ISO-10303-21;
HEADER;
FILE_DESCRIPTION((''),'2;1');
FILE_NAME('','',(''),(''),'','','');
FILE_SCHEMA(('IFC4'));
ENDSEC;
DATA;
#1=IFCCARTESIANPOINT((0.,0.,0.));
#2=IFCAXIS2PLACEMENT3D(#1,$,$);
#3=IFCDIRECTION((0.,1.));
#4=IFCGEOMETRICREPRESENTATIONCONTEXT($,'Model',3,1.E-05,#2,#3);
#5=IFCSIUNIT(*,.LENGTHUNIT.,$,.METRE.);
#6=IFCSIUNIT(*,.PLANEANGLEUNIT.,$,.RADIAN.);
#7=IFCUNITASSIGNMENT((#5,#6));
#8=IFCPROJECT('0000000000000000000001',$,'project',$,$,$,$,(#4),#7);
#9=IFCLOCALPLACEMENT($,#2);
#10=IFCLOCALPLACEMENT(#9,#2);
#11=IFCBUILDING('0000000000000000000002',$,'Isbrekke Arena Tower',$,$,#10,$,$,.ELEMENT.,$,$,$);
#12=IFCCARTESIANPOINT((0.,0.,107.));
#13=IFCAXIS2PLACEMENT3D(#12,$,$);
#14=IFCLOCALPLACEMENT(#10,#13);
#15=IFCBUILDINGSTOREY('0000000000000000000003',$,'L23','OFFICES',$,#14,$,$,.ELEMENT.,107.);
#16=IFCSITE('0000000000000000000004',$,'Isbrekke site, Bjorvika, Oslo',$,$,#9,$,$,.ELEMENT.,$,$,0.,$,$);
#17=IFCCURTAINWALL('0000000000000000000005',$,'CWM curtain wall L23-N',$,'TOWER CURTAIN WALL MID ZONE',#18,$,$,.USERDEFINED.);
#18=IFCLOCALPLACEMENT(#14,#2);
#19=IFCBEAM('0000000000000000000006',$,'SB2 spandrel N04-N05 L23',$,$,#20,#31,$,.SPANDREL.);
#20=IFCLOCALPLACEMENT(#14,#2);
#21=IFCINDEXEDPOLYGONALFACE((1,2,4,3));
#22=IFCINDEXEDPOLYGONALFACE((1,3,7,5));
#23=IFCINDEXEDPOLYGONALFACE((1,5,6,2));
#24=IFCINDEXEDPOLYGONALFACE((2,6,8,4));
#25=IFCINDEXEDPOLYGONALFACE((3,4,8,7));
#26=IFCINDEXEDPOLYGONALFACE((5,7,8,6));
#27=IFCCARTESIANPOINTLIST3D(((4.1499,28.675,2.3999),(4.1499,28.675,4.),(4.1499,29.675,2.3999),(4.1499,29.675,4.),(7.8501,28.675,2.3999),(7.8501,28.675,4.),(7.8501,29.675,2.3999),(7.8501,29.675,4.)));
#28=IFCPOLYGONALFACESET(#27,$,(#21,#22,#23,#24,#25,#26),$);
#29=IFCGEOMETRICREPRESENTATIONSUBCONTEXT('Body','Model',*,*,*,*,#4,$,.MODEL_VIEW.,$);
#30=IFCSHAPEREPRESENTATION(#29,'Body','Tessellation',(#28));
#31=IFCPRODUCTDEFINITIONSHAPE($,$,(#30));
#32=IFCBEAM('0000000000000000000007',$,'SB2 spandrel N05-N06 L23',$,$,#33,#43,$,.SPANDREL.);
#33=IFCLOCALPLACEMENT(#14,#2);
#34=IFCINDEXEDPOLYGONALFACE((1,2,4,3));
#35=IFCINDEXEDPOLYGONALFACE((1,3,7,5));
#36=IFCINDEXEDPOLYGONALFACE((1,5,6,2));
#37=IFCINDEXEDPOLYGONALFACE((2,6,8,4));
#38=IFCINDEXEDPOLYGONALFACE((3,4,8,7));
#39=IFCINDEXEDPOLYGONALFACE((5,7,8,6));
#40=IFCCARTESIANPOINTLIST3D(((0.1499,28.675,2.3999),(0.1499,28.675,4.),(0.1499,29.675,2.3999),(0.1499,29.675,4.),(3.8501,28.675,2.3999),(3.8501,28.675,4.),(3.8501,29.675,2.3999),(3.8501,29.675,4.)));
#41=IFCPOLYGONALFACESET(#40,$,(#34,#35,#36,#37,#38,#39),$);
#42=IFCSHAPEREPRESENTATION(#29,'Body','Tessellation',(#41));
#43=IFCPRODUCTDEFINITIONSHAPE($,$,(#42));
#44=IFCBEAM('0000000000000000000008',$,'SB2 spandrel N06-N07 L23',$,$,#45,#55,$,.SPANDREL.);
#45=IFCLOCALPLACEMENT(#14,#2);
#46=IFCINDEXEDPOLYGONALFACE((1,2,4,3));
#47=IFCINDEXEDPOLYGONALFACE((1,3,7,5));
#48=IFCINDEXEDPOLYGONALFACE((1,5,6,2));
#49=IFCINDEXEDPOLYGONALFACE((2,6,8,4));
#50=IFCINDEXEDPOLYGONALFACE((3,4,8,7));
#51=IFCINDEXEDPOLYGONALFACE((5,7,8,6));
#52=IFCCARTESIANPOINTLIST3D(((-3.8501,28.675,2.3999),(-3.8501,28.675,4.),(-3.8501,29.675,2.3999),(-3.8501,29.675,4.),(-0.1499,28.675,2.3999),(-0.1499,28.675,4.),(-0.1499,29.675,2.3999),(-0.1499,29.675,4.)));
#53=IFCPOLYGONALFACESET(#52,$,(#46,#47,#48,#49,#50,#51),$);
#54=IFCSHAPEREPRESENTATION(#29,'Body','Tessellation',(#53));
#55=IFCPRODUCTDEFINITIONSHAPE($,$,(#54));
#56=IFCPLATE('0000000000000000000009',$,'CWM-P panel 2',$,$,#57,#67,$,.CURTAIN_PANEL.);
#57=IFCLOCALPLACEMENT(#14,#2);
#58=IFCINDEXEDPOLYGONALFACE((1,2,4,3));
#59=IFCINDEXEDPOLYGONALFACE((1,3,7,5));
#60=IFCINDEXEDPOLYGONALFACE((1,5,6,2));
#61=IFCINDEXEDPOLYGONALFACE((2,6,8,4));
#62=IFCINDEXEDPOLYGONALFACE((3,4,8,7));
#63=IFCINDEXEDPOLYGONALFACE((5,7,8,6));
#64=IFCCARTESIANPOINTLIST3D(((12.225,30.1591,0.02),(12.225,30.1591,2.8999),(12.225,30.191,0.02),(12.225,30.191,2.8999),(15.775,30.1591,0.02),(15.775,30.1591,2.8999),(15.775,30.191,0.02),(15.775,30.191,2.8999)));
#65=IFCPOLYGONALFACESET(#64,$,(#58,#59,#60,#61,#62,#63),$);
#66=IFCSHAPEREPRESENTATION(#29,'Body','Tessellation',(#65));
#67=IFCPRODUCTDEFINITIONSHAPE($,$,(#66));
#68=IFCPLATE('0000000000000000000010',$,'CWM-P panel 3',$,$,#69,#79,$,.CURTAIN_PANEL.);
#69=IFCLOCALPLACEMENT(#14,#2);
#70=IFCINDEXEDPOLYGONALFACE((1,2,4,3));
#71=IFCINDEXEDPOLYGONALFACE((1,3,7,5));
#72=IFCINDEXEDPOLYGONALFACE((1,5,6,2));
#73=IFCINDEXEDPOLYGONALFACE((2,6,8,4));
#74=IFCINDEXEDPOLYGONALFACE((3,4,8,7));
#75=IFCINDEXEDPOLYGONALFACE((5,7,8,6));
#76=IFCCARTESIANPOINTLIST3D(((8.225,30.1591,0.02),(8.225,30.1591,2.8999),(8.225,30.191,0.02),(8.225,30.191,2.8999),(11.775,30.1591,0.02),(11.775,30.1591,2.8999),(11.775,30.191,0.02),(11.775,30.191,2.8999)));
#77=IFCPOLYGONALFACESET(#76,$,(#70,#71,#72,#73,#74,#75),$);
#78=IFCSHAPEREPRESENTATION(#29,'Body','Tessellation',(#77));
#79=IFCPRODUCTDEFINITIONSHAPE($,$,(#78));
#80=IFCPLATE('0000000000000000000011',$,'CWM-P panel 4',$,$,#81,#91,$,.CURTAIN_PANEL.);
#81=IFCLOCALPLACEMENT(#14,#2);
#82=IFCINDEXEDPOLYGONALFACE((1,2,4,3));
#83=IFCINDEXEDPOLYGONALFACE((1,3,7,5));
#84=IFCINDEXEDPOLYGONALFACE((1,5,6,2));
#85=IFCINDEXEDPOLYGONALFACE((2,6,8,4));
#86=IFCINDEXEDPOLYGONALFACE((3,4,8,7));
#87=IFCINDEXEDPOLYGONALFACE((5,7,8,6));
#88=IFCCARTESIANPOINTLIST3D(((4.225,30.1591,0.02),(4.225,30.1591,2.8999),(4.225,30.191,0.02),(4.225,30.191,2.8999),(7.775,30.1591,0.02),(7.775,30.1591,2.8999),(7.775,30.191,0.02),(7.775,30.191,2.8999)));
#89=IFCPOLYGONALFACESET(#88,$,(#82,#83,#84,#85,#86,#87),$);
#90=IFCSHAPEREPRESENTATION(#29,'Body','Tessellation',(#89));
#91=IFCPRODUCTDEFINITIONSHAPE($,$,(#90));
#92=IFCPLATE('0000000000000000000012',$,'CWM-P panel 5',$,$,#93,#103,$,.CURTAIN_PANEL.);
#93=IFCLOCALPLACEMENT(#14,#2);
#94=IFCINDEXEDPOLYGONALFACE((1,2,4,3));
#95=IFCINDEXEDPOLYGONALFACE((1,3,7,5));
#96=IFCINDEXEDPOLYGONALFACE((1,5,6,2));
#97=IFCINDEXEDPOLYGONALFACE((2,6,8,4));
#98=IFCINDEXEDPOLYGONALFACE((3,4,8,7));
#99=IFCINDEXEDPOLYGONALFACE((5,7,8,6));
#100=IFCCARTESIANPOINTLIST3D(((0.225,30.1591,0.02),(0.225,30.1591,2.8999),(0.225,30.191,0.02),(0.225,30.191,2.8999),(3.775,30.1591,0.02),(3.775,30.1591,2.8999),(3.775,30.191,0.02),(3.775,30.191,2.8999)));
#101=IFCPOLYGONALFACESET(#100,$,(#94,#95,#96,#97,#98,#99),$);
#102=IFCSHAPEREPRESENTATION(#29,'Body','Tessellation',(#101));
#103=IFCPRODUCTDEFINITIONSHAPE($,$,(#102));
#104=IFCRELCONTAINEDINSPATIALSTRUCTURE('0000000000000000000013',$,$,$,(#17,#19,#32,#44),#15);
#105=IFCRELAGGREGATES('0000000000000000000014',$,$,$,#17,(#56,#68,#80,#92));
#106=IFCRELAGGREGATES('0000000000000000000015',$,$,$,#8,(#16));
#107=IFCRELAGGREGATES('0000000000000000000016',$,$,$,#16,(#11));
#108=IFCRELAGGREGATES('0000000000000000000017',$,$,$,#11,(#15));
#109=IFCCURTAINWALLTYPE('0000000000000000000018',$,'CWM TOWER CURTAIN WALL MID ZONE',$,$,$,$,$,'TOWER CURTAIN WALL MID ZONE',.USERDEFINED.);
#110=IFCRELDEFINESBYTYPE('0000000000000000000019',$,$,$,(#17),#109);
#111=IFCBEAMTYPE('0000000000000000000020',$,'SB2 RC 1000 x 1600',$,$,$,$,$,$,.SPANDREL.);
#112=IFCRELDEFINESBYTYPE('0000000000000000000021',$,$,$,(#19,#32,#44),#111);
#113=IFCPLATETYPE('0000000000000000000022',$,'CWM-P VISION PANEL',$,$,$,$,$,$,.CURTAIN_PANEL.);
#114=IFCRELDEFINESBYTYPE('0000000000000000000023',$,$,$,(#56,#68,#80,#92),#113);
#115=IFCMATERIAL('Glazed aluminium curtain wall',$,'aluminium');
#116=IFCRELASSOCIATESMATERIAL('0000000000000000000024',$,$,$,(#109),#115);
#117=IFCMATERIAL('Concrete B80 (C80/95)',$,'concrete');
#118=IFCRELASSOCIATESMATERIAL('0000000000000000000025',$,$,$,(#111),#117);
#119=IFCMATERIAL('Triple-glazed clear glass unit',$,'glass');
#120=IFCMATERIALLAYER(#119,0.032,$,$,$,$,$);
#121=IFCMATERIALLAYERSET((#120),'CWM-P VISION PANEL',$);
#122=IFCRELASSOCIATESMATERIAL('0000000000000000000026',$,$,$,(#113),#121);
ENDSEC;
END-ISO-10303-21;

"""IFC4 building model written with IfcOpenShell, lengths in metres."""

from ifc_helpers import new_model, si_unit, direction, frame, origin, origin_2d, place, context, subcontext, project, spatial, rectangle, extrude, material, layer, layer_set, material_profile, profile_set, type_object, element, aggregate, save


model = new_model("IFC4")

# Units and contexts
model_context = context("Model", 3, precision=1e-05, world=origin(), true_north=direction((0.0, 1.0)))
body_context = subcontext(model_context, "Body", "Model", "MODEL_VIEW")
ifc_project = project(units=[si_unit("LENGTHUNIT", "METRE"), si_unit("PLANEANGLEUNIT", "RADIAN")], contexts=[model_context])

# Site, building, storey
site_placement = place(None, origin())
site = spatial("IfcSite", under=ifc_project, at=site_placement, Name="Isbrekke site, Bjorvika, Oslo", CompositionType="ELEMENT", RefElevation=0.0)
building_placement = place(site_placement, origin())
building = spatial("IfcBuilding", under=site, at=building_placement, Name="Isbrekke Arena Tower", CompositionType="ELEMENT")
storey_placement = place(building_placement, frame((0.0, 0.0, 107.0)))
storey = spatial("IfcBuildingStorey", under=building, at=storey_placement, Name="L23", Description="OFFICES", CompositionType="ELEMENT", Elevation=107.0)

# Curtain wall
ifc_material_1 = material(Name="Glazed aluminium curtain wall", Category="aluminium")
curtain_wall_type = type_object("IfcCurtainWallType", Name="CWM TOWER CURTAIN WALL MID ZONE", ElementType="TOWER CURTAIN WALL MID ZONE", PredefinedType="USERDEFINED", material=ifc_material_1)
curtain_wall_placement = place(storey_placement, origin())
curtain_wall = element("IfcCurtainWall", 1, at=curtain_wall_placement, inside=storey, type_object=curtain_wall_type, Name="CWM curtain wall L23-N", ObjectType="TOWER CURTAIN WALL MID ZONE", PredefinedType="USERDEFINED")

# Beams
ifc_material_2 = material(Name="Concrete B80 (C80/95)", Category="concrete")
ifc_material_profile_1 = material_profile(ifc_material_2, rectangle(XDim=1.0, YDim=1.6001, at=origin_2d()), Name="RC 1000x1600")
ifc_profile_set_1 = profile_set([ifc_material_profile_1], Name="Concrete B80 (C80/95)")
beam_type_1 = type_object("IfcBeamType", Name="SB2 RC 1000 x 1600", PredefinedType="SPANDREL", material=ifc_profile_set_1)
for number, where, z_axis, x_axis, name in (
    (2, (7.8501, 29.175, 3.2), (-1.0, 0.0, 0.0), (0.0, -1.0, 0.0), "SB2 spandrel N04-N05 L23"),
    (3, (3.8501, 29.175, 3.2), (-1.0, 0.0, 0.0), (0.0, -1.0, 0.0), "SB2 spandrel N05-N06 L23"),
    (4, (-0.1499, 29.175, 3.2), (-1.0, 0.0, 0.0), (0.0, -1.0, 0.0), "SB2 spandrel N06-N07 L23"),
):
    element("IfcBeam", number, at=place(storey_placement, frame(where, z_axis=z_axis, x_axis=x_axis)), inside=storey, type_object=beam_type_1, Name=name, PredefinedType="SPANDREL", context=body_context, shape_type="SweptSolid", body=[
        extrude(rectangle(XDim=1.0, YDim=1.6001, at=origin_2d()), origin(), (0.0, 0.0, 1.0), 3.7002),
    ])

# Plates
ifc_material_3 = material(Name="Triple-glazed clear glass unit", Category="glass")
ifc_layer = layer(ifc_material_3, 0.032)
ifc_layer_set = layer_set([ifc_layer], Name="CWM-P VISION PANEL")
plate_type = type_object("IfcPlateType", Name="CWM-P VISION PANEL", PredefinedType="CURTAIN_PANEL", material=ifc_layer_set)
plate_1_placement = place(storey_placement, frame((14.0, 30.175, 0.02), z_axis=(0.0, 0.0, 1.0), x_axis=(-1.0, 0.0, 0.0)))
plate_1 = element("IfcPlate", 5, at=plate_1_placement, type_object=plate_type, Name="CWM-P panel 2", PredefinedType="CURTAIN_PANEL", context=body_context, shape_type="SweptSolid", body=[
    extrude(rectangle(XDim=3.55, YDim=0.032, at=origin_2d()), origin(), (0.0, 0.0, 1.0), 2.8799),
])
plate_2_placement = place(storey_placement, frame((10.0, 30.175, 0.02), z_axis=(0.0, 0.0, 1.0), x_axis=(-1.0, 0.0, 0.0)))
plate_2 = element("IfcPlate", 6, at=plate_2_placement, type_object=plate_type, Name="CWM-P panel 3", PredefinedType="CURTAIN_PANEL", context=body_context, shape_type="SweptSolid", body=[
    extrude(rectangle(XDim=3.55, YDim=0.032, at=origin_2d()), origin(), (0.0, 0.0, 1.0), 2.8799),
])
plate_3_placement = place(storey_placement, frame((6.0, 30.175, 0.02), z_axis=(0.0, 0.0, 1.0), x_axis=(-1.0, 0.0, 0.0)))
plate_3 = element("IfcPlate", 7, at=plate_3_placement, type_object=plate_type, Name="CWM-P panel 4", PredefinedType="CURTAIN_PANEL", context=body_context, shape_type="SweptSolid", body=[
    extrude(rectangle(XDim=3.55, YDim=0.032, at=origin_2d()), origin(), (0.0, 0.0, 1.0), 2.8799),
])
plate_4_placement = place(storey_placement, frame((2.0, 30.175, 0.02), z_axis=(0.0, 0.0, 1.0), x_axis=(-1.0, 0.0, 0.0)))
plate_4 = element("IfcPlate", 8, at=plate_4_placement, type_object=plate_type, Name="CWM-P panel 5", PredefinedType="CURTAIN_PANEL", context=body_context, shape_type="SweptSolid", body=[
    extrude(rectangle(XDim=3.55, YDim=0.032, at=origin_2d()), origin(), (0.0, 0.0, 1.0), 2.8799),
])
aggregate(curtain_wall, [plate_1, plate_2, plate_3, plate_4])

save(model, "model.ifc")
